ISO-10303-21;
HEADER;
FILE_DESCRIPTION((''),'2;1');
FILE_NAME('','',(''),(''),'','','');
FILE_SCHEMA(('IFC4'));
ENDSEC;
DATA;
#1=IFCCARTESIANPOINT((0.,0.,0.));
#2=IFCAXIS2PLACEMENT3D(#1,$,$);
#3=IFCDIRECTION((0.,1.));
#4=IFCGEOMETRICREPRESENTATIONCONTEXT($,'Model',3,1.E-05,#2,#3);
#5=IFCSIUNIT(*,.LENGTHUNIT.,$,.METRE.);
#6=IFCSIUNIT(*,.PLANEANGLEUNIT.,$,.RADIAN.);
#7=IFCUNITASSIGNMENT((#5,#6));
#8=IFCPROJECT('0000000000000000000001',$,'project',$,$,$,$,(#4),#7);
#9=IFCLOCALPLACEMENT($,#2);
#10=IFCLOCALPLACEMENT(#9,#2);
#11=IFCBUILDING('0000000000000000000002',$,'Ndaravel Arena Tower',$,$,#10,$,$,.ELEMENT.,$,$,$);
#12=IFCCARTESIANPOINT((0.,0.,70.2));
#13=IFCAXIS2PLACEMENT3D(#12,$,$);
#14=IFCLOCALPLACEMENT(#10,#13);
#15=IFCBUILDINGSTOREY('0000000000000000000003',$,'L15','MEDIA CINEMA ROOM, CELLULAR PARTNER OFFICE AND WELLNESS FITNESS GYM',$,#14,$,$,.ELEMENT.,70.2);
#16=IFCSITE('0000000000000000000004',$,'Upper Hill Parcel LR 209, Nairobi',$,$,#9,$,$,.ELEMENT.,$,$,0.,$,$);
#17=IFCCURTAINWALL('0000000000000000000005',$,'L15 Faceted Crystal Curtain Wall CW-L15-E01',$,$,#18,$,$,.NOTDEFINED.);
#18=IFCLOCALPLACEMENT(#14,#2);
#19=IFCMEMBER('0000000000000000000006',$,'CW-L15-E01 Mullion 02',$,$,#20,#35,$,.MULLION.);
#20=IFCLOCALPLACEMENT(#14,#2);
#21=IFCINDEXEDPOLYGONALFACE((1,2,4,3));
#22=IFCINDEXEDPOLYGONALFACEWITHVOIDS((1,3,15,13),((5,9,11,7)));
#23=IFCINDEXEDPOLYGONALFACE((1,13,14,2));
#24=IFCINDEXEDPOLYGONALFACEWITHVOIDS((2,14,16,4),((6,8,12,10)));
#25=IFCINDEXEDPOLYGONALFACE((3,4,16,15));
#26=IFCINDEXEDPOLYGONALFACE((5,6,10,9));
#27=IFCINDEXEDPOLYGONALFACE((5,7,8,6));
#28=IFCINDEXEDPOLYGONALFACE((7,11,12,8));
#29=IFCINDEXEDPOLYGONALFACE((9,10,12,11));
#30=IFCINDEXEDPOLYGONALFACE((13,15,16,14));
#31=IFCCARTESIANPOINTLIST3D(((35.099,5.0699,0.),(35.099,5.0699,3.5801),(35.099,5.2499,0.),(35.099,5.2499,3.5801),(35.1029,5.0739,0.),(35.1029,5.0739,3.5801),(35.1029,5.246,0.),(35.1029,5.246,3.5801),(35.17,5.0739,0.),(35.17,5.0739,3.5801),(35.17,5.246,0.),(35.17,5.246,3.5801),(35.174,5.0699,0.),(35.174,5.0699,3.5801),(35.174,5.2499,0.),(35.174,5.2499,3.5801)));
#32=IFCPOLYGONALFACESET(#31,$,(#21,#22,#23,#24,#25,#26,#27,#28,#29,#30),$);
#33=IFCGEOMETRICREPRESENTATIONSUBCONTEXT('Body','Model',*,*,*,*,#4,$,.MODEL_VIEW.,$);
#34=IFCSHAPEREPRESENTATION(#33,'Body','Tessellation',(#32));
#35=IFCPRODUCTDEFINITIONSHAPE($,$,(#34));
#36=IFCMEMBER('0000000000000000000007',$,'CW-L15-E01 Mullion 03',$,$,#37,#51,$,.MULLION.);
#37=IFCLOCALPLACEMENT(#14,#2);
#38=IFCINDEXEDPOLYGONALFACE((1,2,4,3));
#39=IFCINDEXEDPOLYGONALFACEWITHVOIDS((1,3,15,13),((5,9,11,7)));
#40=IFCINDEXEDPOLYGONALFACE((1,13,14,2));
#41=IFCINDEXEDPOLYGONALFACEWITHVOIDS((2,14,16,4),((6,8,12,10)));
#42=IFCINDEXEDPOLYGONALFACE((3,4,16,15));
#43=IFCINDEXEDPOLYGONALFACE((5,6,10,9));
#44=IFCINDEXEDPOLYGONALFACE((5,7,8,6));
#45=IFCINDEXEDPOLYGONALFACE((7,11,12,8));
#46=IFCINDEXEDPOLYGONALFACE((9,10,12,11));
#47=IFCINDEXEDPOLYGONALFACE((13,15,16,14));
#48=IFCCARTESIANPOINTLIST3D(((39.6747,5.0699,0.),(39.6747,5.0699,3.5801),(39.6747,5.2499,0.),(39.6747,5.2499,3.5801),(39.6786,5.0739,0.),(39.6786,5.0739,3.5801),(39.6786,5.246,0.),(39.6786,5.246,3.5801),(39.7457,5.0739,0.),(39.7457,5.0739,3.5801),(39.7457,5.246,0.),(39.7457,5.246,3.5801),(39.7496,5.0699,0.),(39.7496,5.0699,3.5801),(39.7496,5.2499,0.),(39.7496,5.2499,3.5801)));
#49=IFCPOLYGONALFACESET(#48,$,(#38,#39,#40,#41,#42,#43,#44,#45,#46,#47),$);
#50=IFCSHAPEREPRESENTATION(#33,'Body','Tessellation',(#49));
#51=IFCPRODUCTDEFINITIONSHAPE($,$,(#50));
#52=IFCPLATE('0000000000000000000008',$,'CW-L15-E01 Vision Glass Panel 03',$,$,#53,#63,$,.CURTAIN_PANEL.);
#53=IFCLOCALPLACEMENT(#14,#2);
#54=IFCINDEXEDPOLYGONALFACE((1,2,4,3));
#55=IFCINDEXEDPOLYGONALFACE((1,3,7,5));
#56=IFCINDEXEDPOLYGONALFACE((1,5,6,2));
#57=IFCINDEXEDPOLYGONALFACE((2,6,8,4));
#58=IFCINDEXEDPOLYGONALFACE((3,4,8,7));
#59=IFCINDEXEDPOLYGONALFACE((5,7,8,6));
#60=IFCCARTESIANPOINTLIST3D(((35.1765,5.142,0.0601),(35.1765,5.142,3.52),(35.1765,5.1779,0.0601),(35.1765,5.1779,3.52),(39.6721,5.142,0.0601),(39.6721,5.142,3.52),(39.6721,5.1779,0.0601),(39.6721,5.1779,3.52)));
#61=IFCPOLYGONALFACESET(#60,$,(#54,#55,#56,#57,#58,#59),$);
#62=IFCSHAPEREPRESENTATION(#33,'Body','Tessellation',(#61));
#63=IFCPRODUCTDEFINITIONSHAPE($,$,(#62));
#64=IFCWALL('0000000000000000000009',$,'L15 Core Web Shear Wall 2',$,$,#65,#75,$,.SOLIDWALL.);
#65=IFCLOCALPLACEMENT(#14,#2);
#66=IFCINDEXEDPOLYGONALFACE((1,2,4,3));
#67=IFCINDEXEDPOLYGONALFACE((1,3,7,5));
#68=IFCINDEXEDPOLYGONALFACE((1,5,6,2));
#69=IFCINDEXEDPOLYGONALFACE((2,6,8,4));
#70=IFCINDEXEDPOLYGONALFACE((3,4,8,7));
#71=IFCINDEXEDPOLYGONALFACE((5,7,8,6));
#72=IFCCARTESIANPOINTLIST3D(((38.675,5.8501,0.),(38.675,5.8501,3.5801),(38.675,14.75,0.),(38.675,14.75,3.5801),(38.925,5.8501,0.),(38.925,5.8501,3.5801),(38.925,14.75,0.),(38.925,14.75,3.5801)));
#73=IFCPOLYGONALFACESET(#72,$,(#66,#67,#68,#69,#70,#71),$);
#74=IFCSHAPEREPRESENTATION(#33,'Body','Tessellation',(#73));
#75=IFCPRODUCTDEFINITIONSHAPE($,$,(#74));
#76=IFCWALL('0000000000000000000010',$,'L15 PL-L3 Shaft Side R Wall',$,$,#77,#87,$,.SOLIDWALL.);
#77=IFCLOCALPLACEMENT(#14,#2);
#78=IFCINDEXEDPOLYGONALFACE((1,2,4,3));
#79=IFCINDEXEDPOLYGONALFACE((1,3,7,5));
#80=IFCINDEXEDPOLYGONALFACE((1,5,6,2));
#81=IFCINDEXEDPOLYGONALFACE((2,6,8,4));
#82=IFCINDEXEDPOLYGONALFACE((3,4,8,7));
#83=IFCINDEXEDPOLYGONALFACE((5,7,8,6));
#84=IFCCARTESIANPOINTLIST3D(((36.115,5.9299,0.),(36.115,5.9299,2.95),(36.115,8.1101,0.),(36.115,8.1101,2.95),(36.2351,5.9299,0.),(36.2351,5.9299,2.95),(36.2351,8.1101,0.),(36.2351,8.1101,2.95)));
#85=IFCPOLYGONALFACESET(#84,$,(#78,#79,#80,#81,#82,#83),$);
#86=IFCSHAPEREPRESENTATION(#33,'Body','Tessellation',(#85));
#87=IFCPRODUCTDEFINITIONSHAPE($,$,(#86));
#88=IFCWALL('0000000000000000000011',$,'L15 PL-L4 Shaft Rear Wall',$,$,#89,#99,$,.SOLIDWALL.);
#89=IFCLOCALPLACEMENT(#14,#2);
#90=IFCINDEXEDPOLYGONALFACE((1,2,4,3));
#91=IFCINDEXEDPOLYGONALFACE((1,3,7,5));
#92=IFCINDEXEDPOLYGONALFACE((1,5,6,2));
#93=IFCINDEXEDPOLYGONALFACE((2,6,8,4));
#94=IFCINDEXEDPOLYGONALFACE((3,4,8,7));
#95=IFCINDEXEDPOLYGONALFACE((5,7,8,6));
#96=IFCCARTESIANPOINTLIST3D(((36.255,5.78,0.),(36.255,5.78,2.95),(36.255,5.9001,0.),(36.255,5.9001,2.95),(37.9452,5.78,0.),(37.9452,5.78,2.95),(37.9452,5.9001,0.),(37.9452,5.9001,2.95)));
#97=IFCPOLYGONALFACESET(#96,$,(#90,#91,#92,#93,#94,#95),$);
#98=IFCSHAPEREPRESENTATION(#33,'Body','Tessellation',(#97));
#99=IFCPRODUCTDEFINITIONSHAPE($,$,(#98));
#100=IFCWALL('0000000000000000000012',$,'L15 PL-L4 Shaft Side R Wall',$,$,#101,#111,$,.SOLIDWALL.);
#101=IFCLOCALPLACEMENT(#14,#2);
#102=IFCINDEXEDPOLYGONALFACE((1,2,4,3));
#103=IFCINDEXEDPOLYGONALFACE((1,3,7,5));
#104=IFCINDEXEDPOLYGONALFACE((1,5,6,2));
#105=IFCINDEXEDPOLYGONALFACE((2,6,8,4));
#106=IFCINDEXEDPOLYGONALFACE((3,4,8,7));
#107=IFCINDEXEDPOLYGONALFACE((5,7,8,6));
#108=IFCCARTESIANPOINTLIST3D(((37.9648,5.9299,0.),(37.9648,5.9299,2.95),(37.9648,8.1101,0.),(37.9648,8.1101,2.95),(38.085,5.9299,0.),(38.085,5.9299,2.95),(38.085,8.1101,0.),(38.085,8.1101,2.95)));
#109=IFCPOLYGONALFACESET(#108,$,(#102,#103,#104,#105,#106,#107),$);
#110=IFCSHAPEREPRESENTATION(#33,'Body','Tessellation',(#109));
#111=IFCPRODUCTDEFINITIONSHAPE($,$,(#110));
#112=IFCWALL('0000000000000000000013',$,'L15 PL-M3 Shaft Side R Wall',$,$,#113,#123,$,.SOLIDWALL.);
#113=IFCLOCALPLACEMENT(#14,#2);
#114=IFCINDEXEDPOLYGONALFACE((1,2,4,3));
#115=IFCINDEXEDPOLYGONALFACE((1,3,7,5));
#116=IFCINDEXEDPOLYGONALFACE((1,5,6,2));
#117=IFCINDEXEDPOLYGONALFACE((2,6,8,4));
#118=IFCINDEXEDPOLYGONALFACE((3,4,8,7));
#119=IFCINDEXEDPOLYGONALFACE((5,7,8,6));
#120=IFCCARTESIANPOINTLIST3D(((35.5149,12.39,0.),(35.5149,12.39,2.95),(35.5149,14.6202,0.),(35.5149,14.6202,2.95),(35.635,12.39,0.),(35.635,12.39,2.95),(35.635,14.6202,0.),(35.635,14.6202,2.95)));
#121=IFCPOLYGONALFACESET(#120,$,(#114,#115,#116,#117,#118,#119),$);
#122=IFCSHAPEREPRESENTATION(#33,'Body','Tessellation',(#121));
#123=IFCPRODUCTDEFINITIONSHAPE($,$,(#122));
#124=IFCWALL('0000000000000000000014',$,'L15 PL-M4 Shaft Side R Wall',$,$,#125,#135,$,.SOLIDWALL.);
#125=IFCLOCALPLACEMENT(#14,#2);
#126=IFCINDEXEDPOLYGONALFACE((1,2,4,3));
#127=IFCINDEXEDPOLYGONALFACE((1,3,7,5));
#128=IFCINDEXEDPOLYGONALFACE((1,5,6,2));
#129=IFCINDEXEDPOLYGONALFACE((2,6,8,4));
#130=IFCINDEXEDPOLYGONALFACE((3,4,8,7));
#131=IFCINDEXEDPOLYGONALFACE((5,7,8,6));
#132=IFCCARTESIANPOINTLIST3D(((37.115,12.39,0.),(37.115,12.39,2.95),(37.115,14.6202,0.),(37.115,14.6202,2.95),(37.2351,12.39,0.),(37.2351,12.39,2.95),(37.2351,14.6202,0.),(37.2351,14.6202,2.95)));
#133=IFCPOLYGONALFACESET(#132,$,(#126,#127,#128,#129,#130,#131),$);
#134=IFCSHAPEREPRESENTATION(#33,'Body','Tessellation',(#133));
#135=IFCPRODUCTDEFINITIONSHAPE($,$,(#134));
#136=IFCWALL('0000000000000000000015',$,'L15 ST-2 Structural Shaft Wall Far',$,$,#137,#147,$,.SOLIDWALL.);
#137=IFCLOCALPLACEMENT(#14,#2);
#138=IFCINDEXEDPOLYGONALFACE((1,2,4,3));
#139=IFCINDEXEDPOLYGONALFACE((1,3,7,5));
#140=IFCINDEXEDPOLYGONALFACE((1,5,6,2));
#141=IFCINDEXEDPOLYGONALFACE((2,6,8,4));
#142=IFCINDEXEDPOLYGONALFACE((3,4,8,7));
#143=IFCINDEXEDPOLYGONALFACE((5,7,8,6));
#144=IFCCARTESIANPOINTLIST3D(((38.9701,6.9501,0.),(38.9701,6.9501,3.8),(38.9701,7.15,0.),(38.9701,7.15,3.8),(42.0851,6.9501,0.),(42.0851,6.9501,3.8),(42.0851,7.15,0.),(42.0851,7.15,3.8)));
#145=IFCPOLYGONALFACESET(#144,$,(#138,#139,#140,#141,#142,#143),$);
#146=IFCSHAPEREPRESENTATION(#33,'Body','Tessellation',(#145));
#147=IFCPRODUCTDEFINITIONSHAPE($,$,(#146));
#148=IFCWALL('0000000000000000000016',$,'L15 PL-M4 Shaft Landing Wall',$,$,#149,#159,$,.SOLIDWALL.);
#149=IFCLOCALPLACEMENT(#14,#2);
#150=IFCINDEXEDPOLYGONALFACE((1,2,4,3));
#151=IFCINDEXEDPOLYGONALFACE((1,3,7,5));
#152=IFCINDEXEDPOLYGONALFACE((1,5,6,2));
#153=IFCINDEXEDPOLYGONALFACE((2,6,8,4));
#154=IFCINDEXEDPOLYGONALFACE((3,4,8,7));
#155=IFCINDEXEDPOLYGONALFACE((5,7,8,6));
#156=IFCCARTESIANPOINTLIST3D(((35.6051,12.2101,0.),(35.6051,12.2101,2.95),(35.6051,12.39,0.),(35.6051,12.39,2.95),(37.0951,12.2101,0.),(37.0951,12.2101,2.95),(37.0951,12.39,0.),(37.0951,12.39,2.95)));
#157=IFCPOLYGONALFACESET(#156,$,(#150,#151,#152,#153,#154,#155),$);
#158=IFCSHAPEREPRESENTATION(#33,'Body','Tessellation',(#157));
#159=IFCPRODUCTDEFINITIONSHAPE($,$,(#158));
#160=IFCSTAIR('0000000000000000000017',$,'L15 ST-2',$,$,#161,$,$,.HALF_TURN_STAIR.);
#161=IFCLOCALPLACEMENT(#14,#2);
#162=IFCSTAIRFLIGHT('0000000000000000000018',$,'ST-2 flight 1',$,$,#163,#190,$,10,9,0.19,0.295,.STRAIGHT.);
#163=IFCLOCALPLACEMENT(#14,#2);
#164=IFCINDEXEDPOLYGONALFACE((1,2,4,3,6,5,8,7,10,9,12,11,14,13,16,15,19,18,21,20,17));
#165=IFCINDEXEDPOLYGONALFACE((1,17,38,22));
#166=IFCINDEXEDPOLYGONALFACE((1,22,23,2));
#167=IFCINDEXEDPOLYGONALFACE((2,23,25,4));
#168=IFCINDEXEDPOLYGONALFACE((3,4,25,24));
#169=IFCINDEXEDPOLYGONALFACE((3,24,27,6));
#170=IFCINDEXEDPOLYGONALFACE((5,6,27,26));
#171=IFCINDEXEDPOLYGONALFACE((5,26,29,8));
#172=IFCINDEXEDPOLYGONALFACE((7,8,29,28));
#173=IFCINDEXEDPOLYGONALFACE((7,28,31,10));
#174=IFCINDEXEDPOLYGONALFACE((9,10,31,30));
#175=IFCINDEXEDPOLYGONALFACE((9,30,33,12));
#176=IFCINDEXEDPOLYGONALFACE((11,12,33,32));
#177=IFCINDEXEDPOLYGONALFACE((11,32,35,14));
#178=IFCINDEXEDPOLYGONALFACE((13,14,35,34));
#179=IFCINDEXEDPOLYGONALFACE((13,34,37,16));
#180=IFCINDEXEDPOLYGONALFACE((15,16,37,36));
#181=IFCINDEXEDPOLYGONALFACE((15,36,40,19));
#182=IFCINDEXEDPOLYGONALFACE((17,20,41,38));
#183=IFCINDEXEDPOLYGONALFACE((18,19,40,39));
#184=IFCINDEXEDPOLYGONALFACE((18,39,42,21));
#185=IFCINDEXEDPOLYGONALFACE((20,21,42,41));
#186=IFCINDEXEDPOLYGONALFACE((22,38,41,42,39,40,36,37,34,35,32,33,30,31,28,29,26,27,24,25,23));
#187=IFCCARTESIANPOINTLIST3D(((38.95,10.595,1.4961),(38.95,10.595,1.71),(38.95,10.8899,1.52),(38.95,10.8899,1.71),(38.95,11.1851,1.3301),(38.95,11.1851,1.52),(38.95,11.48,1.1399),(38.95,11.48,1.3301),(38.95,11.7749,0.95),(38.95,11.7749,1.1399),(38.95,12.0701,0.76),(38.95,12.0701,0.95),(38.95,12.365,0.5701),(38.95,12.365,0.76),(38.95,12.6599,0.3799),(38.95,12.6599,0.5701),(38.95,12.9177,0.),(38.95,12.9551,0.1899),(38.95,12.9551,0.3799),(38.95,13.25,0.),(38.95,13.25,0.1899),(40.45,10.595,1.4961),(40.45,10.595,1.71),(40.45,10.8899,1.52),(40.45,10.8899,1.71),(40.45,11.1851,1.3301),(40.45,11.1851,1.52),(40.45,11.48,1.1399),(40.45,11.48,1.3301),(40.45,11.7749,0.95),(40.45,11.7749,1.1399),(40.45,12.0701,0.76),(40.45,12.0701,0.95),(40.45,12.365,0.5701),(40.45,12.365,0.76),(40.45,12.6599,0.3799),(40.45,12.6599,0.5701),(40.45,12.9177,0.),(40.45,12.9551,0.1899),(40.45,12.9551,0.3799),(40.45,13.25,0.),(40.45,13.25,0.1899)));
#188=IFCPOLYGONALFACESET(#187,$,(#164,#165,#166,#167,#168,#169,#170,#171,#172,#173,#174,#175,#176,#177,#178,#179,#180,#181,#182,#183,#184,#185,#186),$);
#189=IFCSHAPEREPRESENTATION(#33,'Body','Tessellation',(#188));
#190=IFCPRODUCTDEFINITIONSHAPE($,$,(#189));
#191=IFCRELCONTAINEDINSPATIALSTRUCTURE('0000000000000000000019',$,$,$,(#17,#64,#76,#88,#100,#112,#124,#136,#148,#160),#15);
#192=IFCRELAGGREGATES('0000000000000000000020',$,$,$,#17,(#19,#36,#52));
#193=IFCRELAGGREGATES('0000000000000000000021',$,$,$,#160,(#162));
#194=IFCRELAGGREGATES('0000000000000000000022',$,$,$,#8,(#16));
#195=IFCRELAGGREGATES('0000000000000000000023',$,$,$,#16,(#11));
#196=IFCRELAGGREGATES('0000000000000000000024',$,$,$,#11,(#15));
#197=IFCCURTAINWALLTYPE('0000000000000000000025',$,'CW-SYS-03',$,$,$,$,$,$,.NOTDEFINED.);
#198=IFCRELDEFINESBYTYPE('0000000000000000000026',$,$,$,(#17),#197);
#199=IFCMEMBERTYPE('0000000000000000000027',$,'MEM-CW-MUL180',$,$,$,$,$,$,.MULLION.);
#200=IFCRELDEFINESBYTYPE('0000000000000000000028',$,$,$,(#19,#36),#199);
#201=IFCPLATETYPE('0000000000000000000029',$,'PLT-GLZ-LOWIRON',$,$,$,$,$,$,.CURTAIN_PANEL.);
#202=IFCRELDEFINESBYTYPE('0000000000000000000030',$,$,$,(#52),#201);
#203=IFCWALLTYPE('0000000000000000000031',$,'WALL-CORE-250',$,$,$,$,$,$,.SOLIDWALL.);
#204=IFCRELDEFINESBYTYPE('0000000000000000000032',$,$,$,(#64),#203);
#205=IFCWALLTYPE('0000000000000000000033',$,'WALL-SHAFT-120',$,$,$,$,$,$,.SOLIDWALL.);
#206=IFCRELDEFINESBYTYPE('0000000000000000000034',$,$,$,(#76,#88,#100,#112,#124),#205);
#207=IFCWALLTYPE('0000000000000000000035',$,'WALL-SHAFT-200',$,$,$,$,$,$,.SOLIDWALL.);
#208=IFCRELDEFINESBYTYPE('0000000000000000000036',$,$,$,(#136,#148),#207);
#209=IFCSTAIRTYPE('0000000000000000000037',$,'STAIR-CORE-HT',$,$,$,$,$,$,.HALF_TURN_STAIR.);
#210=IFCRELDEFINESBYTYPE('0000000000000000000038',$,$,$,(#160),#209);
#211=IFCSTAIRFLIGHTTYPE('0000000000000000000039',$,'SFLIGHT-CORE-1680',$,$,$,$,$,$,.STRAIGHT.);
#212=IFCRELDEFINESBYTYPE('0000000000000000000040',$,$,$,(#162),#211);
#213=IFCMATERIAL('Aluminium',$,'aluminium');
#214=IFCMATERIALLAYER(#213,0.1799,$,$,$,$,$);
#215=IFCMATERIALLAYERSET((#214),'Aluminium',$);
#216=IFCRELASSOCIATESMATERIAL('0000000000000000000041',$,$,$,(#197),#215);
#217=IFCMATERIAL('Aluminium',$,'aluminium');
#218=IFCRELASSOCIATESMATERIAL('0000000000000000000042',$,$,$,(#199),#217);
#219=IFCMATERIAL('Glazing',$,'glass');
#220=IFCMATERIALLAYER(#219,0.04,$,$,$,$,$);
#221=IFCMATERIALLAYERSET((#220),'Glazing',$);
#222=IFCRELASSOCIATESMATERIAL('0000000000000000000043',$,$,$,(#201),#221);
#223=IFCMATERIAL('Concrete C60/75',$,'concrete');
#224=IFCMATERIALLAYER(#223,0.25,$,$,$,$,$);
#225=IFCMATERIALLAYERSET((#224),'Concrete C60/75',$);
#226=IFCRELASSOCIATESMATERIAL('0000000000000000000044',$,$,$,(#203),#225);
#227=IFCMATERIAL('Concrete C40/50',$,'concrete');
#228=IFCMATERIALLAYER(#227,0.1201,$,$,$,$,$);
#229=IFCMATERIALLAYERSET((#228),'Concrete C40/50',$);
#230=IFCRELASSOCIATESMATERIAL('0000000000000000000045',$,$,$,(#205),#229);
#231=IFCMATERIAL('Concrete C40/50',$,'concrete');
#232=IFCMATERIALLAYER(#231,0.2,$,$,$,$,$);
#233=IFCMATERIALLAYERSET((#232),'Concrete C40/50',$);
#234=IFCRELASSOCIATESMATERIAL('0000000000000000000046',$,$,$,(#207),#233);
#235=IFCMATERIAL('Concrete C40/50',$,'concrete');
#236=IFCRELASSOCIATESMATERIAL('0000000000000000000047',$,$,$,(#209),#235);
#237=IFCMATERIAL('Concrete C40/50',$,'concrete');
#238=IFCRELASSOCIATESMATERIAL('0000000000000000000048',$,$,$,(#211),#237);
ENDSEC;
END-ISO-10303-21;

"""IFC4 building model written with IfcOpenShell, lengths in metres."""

from ifc_helpers import new_model, si_unit, direction, frame, frame_2d, origin, origin_2d, place, context, subcontext, project, spatial, polyline, rectangle, hollow_rectangle, outline, extrude, material, layer, layer_set, material_profile, profile_set, type_object, element, aggregate, save


model = new_model("IFC4")

# Units and contexts
model_context = context("Model", 3, precision=1e-05, world=origin(), true_north=direction((0.0, 1.0)))
body_context = subcontext(model_context, "Body", "Model", "MODEL_VIEW")
ifc_project = project(units=[si_unit("LENGTHUNIT", "METRE"), si_unit("PLANEANGLEUNIT", "RADIAN")], contexts=[model_context])

# Site, building, storey
site_placement = place(None, origin())
site = spatial("IfcSite", under=ifc_project, at=site_placement, Name="Upper Hill Parcel LR 209, Nairobi", CompositionType="ELEMENT", RefElevation=0.0)
building_placement = place(site_placement, origin())
building = spatial("IfcBuilding", under=site, at=building_placement, Name="Ndaravel Arena Tower", CompositionType="ELEMENT")
storey_placement = place(building_placement, frame((0.0, 0.0, 70.2)))
storey = spatial("IfcBuildingStorey", under=building, at=storey_placement, Name="L15", Description="MEDIA CINEMA ROOM, CELLULAR PARTNER OFFICE AND WELLNESS FITNESS GYM", CompositionType="ELEMENT", Elevation=70.2)

# Curtain wall, members, plate
ifc_material_1 = material(Name="Aluminium", Category="aluminium")
ifc_layer_1 = layer(ifc_material_1, 0.1799)
ifc_layer_set_1 = layer_set([ifc_layer_1], Name="Aluminium")
curtain_wall_type = type_object("IfcCurtainWallType", Name="CW-SYS-03", PredefinedType="NOTDEFINED", material=ifc_layer_set_1)
curtain_wall_placement = place(storey_placement, origin())
curtain_wall = element("IfcCurtainWall", 1, at=curtain_wall_placement, inside=storey, type_object=curtain_wall_type, Name="L15 Faceted Crystal Curtain Wall CW-L15-E01", PredefinedType="NOTDEFINED")
ifc_material_2 = material(Name="Aluminium", Category="aluminium")
ifc_material_profile = material_profile(ifc_material_2, hollow_rectangle(XDim=0.075, YDim=0.1799, WallThickness=0.0039, at=origin_2d()), Name="CW MULLION 75x180x4")
ifc_profile_set = profile_set([ifc_material_profile], Name="Aluminium")
member_type = type_object("IfcMemberType", Name="MEM-CW-MUL180", PredefinedType="MULLION", material=ifc_profile_set)
member_1_placement = place(storey_placement, frame((35.1365, 5.1599, 0.0), z_axis=(0.0, 0.0, 1.0), x_axis=(1.0, 0.0, 0.0)))
member_1 = element("IfcMember", 2, at=member_1_placement, type_object=member_type, Name="CW-L15-E01 Mullion 02", PredefinedType="MULLION", context=body_context, shape_type="SweptSolid", body=[
    extrude(hollow_rectangle(XDim=0.075, YDim=0.1799, WallThickness=0.0039, at=origin_2d()), origin(), (0.0, 0.0, 1.0), 3.5801),
])
member_2_placement = place(storey_placement, frame((39.7122, 5.1599, 0.0), z_axis=(0.0, 0.0, 1.0), x_axis=(1.0, 0.0, 0.0)))
member_2 = element("IfcMember", 3, at=member_2_placement, type_object=member_type, Name="CW-L15-E01 Mullion 03", PredefinedType="MULLION", context=body_context, shape_type="SweptSolid", body=[
    extrude(hollow_rectangle(XDim=0.075, YDim=0.1799, WallThickness=0.0039, at=origin_2d()), origin(), (0.0, 0.0, 1.0), 3.5801),
])
ifc_material_3 = material(Name="Glazing", Category="glass")
ifc_layer_2 = layer(ifc_material_3, 0.04)
ifc_layer_set_2 = layer_set([ifc_layer_2], Name="Glazing")
plate_type = type_object("IfcPlateType", Name="PLT-GLZ-LOWIRON", PredefinedType="CURTAIN_PANEL", material=ifc_layer_set_2)
plate_placement = place(storey_placement, frame((37.4243, 5.1599, 0.0601), z_axis=(0.0, 0.0, 1.0), x_axis=(1.0, 0.0, 0.0)))
plate = element("IfcPlate", 4, at=plate_placement, type_object=plate_type, Name="CW-L15-E01 Vision Glass Panel 03", PredefinedType="CURTAIN_PANEL", context=body_context, shape_type="SweptSolid", body=[
    extrude(rectangle(XDim=4.4956, YDim=0.0359, at=origin_2d()), origin(), (0.0, 0.0, 1.0), 3.46),
])
aggregate(curtain_wall, [member_1, member_2, plate])

# Walls
ifc_material_4 = material(Name="Concrete C60/75", Category="concrete")
ifc_layer_3 = layer(ifc_material_4, 0.25)
ifc_layer_set_3 = layer_set([ifc_layer_3], Name="Concrete C60/75")
wall_type_1 = type_object("IfcWallType", Name="WALL-CORE-250", PredefinedType="SOLIDWALL", material=ifc_layer_set_3)
wall_1_placement = place(storey_placement, frame((38.8, 5.8501, 0.0), z_axis=(0.0, 0.0, 1.0), x_axis=(0.0, 1.0, 0.0)))
element("IfcWall", 5, at=wall_1_placement, inside=storey, type_object=wall_type_1, Name="L15 Core Web Shear Wall 2", PredefinedType="SOLIDWALL", context=body_context, shape_type="SweptSolid", body=[
    extrude(rectangle(XDim=8.8999, YDim=0.25, at=frame_2d((4.45, 0.0))), origin(), (0.0, 0.0, 1.0), 3.5801),
])
ifc_material_5 = material(Name="Concrete C40/50", Category="concrete")
ifc_layer_4 = layer(ifc_material_5, 0.1201)
ifc_layer_set_4 = layer_set([ifc_layer_4], Name="Concrete C40/50")
wall_type_2 = type_object("IfcWallType", Name="WALL-SHAFT-120", PredefinedType="SOLIDWALL", material=ifc_layer_set_4)
wall_2_placement = place(storey_placement, frame((36.175, 5.9299, 0.0), z_axis=(0.0, 0.0, 1.0), x_axis=(0.0, 1.0, 0.0)))
element("IfcWall", 6, at=wall_2_placement, inside=storey, type_object=wall_type_2, Name="L15 PL-L3 Shaft Side R Wall", PredefinedType="SOLIDWALL", context=body_context, shape_type="SweptSolid", body=[
    extrude(rectangle(XDim=2.1802, YDim=0.1201, at=frame_2d((1.0901, 0.0))), origin(), (0.0, 0.0, 1.0), 2.95),
])
wall_3_placement = place(storey_placement, frame((36.2549, 5.8401, 0.0), z_axis=(0.0, 0.0, 1.0), x_axis=(1.0, 0.0, 0.0)))
element("IfcWall", 7, at=wall_3_placement, inside=storey, type_object=wall_type_2, Name="L15 PL-L4 Shaft Rear Wall", PredefinedType="SOLIDWALL", context=body_context, shape_type="SweptSolid", body=[
    extrude(rectangle(XDim=1.6902, YDim=0.1201, at=frame_2d((0.8452, 0.0))), origin(), (0.0, 0.0, 1.0), 2.95),
])
wall_4_placement = place(storey_placement, frame((38.0249, 5.9299, 0.0), z_axis=(0.0, 0.0, 1.0), x_axis=(0.0, 1.0, 0.0)))
element("IfcWall", 8, at=wall_4_placement, inside=storey, type_object=wall_type_2, Name="L15 PL-L4 Shaft Side R Wall", PredefinedType="SOLIDWALL", context=body_context, shape_type="SweptSolid", body=[
    extrude(rectangle(XDim=2.1802, YDim=0.1201, at=frame_2d((1.0901, 0.0))), origin(), (0.0, 0.0, 1.0), 2.95),
])
for number, where, z_axis, x_axis, name in (
    (9, (35.575, 12.3899, 0.0), (0.0, 0.0, 1.0), (0.0, 1.0, 0.0), "L15 PL-M3 Shaft Side R Wall"),
    (10, (37.175, 12.3899, 0.0), (0.0, 0.0, 1.0), (0.0, 1.0, 0.0), "L15 PL-M4 Shaft Side R Wall"),
):
    element("IfcWall", number, at=place(storey_placement, frame(where, z_axis=z_axis, x_axis=x_axis)), inside=storey, type_object=wall_type_2, Name=name, PredefinedType="SOLIDWALL", context=body_context, shape_type="SweptSolid", body=[
        extrude(rectangle(XDim=2.2302, YDim=0.1201, at=frame_2d((1.1152, 0.0))), origin(), (0.0, 0.0, 1.0), 2.95),
    ])
ifc_material_6 = material(Name="Concrete C40/50", Category="concrete")
ifc_layer_5 = layer(ifc_material_6, 0.2)
ifc_layer_set_5 = layer_set([ifc_layer_5], Name="Concrete C40/50")
wall_type_3 = type_object("IfcWallType", Name="WALL-SHAFT-200", PredefinedType="SOLIDWALL", material=ifc_layer_set_5)
wall_5_placement = place(storey_placement, frame((38.97, 7.05, 0.0), z_axis=(0.0, 0.0, 1.0), x_axis=(1.0, 0.0, 0.0)))
element("IfcWall", 11, at=wall_5_placement, inside=storey, type_object=wall_type_3, Name="L15 ST-2 Structural Shaft Wall Far", PredefinedType="SOLIDWALL", context=body_context, shape_type="SweptSolid", body=[
    extrude(rectangle(XDim=3.115, YDim=0.2, at=frame_2d((1.5576, 0.0))), origin(), (0.0, 0.0, 1.0), 3.8),
])

# Wall
wall_6_placement = place(storey_placement, frame((35.605, 12.3, 0.0), z_axis=(0.0, 0.0, 1.0), x_axis=(1.0, 0.0, 0.0)))
element("IfcWall", 12, at=wall_6_placement, inside=storey, type_object=wall_type_3, Name="L15 PL-M4 Shaft Landing Wall", PredefinedType="SOLIDWALL", context=body_context, shape_type="SweptSolid", body=[
    extrude(rectangle(XDim=1.49, YDim=0.1799, at=frame_2d((0.7451, 0.0))), origin(), (0.0, 0.0, 1.0), 2.95),
])

# Stair, stair flight
ifc_material_7 = material(Name="Concrete C40/50", Category="concrete")
stair_type = type_object("IfcStairType", Name="STAIR-CORE-HT", PredefinedType="HALF_TURN_STAIR", material=ifc_material_7)
stair_placement = place(storey_placement, origin())
stair = element("IfcStair", 13, at=stair_placement, inside=storey, type_object=stair_type, Name="L15 ST-2", PredefinedType="HALF_TURN_STAIR")
ifc_material_8 = material(Name="Concrete C40/50", Category="concrete")
stair_flight_type = type_object("IfcStairFlightType", Name="SFLIGHT-CORE-1680", PredefinedType="STRAIGHT", material=ifc_material_8)
stair_flight_placement = place(storey_placement, frame((39.7, 13.25, 0.0), z_axis=(0.0, 0.0, 1.0), x_axis=(0.0, -1.0, 0.0)))
stair_flight = element("IfcStairFlight", 14, at=stair_flight_placement, type_object=stair_flight_type, Name="ST-2 flight 1", NumberOfRisers=10, NumberOfTreads=9, PredefinedType="STRAIGHT", RiserHeight=0.19, TreadLength=0.295, context=body_context, shape_type="SweptSolid", body=[
    extrude(outline(polyline([(0.0, 0.0), (0.0, 0.1899), (0.2949, 0.1899), (0.2949, 0.3799), (0.5901, 0.3799), (0.5901, 0.5701), (0.885, 0.5701), (0.885, 0.76), (1.1799, 0.76), (1.1799, 0.95), (1.4751, 0.95), (1.4751, 1.1399), (1.77, 1.1399), (1.77, 1.3301), (2.0649, 1.3301), (2.0649, 1.52), (2.3601, 1.52), (2.3601, 1.71), (2.655, 1.71), (2.655, 1.8999), (2.655, 1.4961), (0.3323, 0.0), (0.0, 0.0)])), frame((0.0, 0.75, 0.0), z_axis=(0.0, -1.0, 0.0), x_axis=(1.0, 0.0, 0.0)), (0.0, 0.0, 1.0), 1.5),
])
aggregate(stair, [stair_flight])

save(model, "model.ifc")
